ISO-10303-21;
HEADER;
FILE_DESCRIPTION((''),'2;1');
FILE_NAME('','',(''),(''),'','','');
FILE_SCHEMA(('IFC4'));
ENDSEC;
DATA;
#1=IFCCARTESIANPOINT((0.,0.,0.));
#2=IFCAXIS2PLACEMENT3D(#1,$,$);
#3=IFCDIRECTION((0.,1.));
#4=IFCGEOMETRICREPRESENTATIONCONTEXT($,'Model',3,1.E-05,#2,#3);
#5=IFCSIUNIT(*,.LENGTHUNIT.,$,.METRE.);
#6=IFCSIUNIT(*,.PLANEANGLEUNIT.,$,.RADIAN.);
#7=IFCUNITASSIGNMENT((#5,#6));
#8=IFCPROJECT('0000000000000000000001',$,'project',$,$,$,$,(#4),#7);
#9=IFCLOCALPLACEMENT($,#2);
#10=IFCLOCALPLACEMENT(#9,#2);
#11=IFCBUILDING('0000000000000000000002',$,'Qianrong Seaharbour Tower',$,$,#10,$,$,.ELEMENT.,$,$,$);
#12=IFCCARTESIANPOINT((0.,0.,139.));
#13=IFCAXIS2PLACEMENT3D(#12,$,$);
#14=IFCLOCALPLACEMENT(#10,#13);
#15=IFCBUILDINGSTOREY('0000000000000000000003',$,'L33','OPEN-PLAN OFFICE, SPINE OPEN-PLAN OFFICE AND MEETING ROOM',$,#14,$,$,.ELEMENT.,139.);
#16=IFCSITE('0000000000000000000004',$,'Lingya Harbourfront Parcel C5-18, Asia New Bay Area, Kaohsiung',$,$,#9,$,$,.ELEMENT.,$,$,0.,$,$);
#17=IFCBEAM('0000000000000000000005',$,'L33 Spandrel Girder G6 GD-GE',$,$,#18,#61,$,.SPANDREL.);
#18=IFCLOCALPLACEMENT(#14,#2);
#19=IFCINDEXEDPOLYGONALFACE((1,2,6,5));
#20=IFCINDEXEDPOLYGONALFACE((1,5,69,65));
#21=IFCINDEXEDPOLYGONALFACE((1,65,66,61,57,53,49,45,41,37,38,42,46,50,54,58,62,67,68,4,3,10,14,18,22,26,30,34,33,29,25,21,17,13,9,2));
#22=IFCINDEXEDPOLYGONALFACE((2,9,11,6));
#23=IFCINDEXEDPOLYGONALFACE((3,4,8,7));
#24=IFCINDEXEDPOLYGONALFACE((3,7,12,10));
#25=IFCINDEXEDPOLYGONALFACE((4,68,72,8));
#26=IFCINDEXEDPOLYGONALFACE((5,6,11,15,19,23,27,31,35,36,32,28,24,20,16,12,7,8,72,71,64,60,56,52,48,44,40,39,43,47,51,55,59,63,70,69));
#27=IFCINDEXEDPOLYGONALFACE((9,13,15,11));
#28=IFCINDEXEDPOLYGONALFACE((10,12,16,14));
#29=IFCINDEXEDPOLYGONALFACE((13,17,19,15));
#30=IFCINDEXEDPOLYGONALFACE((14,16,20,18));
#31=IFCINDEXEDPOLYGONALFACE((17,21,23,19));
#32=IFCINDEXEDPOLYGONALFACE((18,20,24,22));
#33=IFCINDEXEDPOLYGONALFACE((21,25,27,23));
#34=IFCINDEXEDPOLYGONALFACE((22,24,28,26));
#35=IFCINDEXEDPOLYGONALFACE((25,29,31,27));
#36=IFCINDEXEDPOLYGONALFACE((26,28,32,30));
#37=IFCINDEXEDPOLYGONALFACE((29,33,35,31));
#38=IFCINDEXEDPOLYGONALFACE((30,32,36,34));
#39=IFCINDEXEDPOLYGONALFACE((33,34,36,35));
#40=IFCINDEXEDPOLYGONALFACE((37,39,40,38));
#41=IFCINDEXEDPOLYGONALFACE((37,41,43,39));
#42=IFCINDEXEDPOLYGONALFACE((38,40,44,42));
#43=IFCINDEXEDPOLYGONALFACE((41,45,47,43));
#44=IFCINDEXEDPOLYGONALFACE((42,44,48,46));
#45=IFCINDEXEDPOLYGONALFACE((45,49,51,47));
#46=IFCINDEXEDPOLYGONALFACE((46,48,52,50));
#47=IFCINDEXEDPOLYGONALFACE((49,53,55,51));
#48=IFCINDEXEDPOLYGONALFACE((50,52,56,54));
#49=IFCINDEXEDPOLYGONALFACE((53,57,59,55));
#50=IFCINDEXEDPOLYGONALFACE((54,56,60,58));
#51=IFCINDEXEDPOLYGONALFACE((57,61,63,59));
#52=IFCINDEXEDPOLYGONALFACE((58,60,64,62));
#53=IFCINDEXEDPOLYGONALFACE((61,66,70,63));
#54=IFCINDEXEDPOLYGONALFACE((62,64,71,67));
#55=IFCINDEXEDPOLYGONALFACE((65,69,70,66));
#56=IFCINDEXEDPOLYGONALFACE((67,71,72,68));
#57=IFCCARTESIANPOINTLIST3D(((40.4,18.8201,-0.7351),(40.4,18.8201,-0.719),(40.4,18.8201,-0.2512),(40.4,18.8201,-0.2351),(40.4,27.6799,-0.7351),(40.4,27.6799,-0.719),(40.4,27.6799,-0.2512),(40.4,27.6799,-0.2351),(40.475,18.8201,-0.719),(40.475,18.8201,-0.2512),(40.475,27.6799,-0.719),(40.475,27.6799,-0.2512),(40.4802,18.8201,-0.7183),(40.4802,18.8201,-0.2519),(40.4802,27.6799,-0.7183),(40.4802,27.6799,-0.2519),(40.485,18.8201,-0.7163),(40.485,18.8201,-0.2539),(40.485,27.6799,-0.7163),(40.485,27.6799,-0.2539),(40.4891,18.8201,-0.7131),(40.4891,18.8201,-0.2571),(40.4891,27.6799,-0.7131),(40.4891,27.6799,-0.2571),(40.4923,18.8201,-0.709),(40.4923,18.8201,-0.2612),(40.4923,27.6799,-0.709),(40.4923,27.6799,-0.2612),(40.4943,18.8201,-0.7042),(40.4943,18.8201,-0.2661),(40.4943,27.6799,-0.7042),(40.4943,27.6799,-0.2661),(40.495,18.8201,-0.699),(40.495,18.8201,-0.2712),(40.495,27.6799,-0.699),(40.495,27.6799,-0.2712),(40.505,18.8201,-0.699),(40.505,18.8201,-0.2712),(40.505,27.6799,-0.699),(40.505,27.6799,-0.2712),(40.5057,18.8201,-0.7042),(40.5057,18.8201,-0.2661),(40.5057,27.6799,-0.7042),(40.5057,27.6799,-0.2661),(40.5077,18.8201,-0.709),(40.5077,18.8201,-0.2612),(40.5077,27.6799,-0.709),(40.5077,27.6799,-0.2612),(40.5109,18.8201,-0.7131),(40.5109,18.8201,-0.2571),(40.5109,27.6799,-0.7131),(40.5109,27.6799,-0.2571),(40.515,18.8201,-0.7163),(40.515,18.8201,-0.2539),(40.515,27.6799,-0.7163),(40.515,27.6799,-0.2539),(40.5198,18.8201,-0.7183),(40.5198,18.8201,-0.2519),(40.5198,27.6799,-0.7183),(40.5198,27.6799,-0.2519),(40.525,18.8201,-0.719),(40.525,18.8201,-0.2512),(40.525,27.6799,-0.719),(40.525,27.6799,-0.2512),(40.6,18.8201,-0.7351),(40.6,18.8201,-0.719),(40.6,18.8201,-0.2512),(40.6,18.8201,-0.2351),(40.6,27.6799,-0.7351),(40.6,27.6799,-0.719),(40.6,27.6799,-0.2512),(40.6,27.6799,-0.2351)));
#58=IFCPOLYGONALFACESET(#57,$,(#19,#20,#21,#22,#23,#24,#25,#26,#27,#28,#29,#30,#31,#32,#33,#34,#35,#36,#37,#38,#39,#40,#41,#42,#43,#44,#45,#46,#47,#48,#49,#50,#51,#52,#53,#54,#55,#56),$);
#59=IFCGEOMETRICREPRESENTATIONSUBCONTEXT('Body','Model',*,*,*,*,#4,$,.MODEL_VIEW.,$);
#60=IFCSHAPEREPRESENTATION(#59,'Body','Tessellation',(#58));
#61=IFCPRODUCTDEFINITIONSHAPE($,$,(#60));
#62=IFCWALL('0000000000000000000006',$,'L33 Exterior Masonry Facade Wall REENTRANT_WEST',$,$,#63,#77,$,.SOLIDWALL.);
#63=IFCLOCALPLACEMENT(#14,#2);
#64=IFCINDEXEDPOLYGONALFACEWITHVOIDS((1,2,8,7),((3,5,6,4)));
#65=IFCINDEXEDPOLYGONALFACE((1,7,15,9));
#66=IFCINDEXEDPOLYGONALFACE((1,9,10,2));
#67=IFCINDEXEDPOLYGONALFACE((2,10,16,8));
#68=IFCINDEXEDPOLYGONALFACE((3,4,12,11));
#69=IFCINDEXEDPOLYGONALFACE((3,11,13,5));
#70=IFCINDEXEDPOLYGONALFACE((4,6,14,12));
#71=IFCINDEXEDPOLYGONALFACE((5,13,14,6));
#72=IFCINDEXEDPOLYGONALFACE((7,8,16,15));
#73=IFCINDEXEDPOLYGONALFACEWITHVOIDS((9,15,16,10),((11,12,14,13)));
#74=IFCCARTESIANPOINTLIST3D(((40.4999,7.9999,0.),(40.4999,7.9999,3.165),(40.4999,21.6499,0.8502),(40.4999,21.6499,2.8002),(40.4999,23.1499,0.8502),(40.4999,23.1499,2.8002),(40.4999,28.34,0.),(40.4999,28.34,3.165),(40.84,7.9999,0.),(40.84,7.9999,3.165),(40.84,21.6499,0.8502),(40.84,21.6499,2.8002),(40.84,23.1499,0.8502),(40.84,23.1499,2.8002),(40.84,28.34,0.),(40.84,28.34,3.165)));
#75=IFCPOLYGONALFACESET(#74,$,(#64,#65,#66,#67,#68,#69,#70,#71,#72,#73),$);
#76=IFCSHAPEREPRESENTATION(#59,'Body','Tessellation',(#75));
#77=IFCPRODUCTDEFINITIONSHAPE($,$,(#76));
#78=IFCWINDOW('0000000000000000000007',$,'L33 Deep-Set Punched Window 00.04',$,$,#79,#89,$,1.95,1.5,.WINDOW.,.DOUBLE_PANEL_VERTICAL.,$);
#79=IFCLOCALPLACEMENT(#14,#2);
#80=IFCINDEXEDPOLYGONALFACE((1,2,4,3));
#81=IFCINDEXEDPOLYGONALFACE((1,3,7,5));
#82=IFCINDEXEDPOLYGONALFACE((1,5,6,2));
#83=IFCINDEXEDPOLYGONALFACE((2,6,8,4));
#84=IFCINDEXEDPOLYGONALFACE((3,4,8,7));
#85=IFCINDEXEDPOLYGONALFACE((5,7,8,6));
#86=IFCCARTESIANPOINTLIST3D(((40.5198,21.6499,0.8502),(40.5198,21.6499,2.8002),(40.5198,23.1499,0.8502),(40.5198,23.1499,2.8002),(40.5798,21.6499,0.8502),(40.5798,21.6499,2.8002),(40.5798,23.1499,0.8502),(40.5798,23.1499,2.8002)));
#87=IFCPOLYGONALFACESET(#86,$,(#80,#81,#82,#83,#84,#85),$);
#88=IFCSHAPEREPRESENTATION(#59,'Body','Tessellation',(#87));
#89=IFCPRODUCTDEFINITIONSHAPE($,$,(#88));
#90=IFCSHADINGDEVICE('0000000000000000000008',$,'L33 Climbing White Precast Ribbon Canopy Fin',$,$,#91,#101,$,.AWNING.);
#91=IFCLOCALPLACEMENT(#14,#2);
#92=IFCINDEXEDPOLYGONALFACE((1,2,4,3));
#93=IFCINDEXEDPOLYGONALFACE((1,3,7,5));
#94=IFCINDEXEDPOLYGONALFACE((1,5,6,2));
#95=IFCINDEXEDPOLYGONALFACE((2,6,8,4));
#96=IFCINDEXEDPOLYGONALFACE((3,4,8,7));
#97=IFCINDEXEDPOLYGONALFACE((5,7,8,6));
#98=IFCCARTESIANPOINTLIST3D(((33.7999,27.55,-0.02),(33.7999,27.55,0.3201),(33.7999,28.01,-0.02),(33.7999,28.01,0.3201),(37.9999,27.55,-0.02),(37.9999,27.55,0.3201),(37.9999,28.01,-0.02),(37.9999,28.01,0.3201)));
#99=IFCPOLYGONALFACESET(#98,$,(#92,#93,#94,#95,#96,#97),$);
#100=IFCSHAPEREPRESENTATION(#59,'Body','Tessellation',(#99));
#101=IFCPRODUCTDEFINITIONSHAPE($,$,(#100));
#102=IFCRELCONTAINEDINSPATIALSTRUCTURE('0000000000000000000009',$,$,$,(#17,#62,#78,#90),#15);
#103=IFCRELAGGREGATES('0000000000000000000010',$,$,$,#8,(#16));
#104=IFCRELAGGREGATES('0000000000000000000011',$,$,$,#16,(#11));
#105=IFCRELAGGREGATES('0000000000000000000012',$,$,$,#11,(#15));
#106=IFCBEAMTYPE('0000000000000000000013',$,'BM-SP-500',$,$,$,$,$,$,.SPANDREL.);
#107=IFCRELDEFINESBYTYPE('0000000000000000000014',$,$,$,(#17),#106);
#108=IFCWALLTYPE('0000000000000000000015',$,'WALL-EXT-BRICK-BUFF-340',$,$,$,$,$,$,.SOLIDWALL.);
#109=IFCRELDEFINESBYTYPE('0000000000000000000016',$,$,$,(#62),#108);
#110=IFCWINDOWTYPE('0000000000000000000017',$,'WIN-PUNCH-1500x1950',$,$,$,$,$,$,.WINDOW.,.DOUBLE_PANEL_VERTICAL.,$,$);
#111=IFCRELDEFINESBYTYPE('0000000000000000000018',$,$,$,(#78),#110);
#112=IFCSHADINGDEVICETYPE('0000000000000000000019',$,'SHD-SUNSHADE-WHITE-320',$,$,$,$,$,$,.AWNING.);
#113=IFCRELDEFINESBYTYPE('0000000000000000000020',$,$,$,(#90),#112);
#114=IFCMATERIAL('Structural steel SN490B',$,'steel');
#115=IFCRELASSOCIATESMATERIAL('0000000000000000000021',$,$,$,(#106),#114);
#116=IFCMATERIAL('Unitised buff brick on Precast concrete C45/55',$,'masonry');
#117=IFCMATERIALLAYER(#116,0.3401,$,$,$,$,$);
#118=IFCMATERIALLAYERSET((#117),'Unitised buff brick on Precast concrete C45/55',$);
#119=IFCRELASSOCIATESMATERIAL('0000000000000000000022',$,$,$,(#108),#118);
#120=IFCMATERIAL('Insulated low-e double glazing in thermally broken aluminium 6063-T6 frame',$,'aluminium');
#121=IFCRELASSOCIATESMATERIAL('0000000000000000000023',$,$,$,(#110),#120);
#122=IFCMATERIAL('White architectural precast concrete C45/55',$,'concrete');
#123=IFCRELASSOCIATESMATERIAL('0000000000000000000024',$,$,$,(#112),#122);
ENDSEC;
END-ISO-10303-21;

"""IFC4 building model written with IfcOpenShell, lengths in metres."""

from ifc_helpers import new_model, si_unit, direction, frame, frame_2d, origin, origin_2d, place, context, subcontext, project, spatial, rectangle, i_section, extrude, material, layer, layer_set, material_profile, profile_set, type_object, element, fill, save


model = new_model("IFC4")

# Units and contexts
model_context = context("Model", 3, precision=1e-05, world=origin(), true_north=direction((0.0, 1.0)))
body_context = subcontext(model_context, "Body", "Model", "MODEL_VIEW")
ifc_project = project(units=[si_unit("LENGTHUNIT", "METRE"), si_unit("PLANEANGLEUNIT", "RADIAN")], contexts=[model_context])

# Site, building, storey
site_placement = place(None, origin())
site = spatial("IfcSite", under=ifc_project, at=site_placement, Name="Lingya Harbourfront Parcel C5-18, Asia New Bay Area, Kaohsiung", CompositionType="ELEMENT", RefElevation=0.0)
building_placement = place(site_placement, origin())
building = spatial("IfcBuilding", under=site, at=building_placement, Name="Qianrong Seaharbour Tower", CompositionType="ELEMENT")
storey_placement = place(building_placement, frame((0.0, 0.0, 139.0)))
storey = spatial("IfcBuildingStorey", under=building, at=storey_placement, Name="L33", Description="OPEN-PLAN OFFICE, SPINE OPEN-PLAN OFFICE AND MEETING ROOM", CompositionType="ELEMENT", Elevation=139.0)

# Shared definitions
ifc_material_1 = material(Name="Structural steel SN490B", Category="steel")

# Beam
ifc_material_profile_1 = material_profile(ifc_material_1, i_section(OverallWidth=0.2, OverallDepth=0.5, WebThickness=0.01, FlangeThickness=0.0161, FilletRadius=0.02, at=origin_2d()), Name="H500x200x10x16")
ifc_profile_set_1 = profile_set([ifc_material_profile_1], Name="Structural steel SN490B")
beam_type_1 = type_object("IfcBeamType", Name="BM-SP-500", PredefinedType="SPANDREL", material=ifc_profile_set_1)
beam_1_placement = place(storey_placement, frame((40.5, 18.8201, -0.4851), z_axis=(0.0, 1.0, 0.0), x_axis=(-1.0, 0.0, 0.0)))
element("IfcBeam", 1, at=beam_1_placement, inside=storey, type_object=beam_type_1, Name="L33 Spandrel Girder G6 GD-GE", PredefinedType="SPANDREL", context=body_context, shape_type="SweptSolid", body=[
    extrude(i_section(OverallWidth=0.2, OverallDepth=0.5, WebThickness=0.01, FlangeThickness=0.0161, FilletRadius=0.02, at=origin_2d()), origin(), (0.0, 0.0, 1.0), 8.8599),
])

# Wall, opening, window
ifc_material_2 = material(Name="Unitised buff brick on Precast concrete C45/55", Category="masonry")
ifc_layer = layer(ifc_material_2, 0.3401)
ifc_layer_set = layer_set([ifc_layer], Name="Unitised buff brick on Precast concrete C45/55")
wall_type = type_object("IfcWallType", Name="WALL-EXT-BRICK-BUFF-340", PredefinedType="SOLIDWALL", material=ifc_layer_set)
wall_placement = place(storey_placement, frame((40.6699, 8.0, 0.0), z_axis=(0.0, 0.0, 1.0), x_axis=(0.0, 1.0, 0.0)))
wall = element("IfcWall", 2, at=wall_placement, inside=storey, type_object=wall_type, Name="L33 Exterior Masonry Facade Wall REENTRANT_WEST", PredefinedType="SOLIDWALL", context=body_context, shape_type="SweptSolid", body=[
    extrude(rectangle(XDim=20.3401, YDim=0.3401, at=frame_2d((10.1699, 0.0))), origin(), (0.0, 0.0, 1.0), 3.165),
])
opening_placement = place(wall_placement, frame((13.6499, 0.0, 0.8501)))
opening = element("IfcOpeningElement", 3, at=opening_placement, cuts=wall, PredefinedType="OPENING", context=body_context, shape_type="SweptSolid", body=[
    extrude(rectangle(XDim=1.5, YDim=1.95, at=frame_2d((0.75, 0.9751))), frame((0.0, 0.1802, 0.0), z_axis=(0.0, -1.0, 0.0), x_axis=(1.0, 0.0, 0.0)), (0.0, 0.0, 1.0), 0.3601),
])
ifc_material_3 = material(Name="Insulated low-e double glazing in thermally broken aluminium 6063-T6 frame", Category="aluminium")
window_type = type_object("IfcWindowType", Name="WIN-PUNCH-1500x1950", PartitioningType="DOUBLE_PANEL_VERTICAL", PredefinedType="WINDOW", material=ifc_material_3)
window_placement = place(opening_placement, origin())
window = element("IfcWindow", 4, at=window_placement, inside=storey, type_object=window_type, Name="L33 Deep-Set Punched Window 00.04", OverallHeight=1.95, OverallWidth=1.5, PartitioningType="DOUBLE_PANEL_VERTICAL", PredefinedType="WINDOW", context=body_context, shape_type="SweptSolid", body=[
    extrude(rectangle(XDim=1.5, YDim=1.95, at=frame_2d((0.75, 0.9751))), frame((0.0, 0.1501, 0.0), z_axis=(0.0, -1.0, 0.0), x_axis=(1.0, 0.0, 0.0)), (0.0, 0.0, 1.0), 0.0601),
])
fill(opening, window)

# Shading device
ifc_material_4 = material(Name="White architectural precast concrete C45/55", Category="concrete")
shading_device_type = type_object("IfcShadingDeviceType", Name="SHD-SUNSHADE-WHITE-320", PredefinedType="AWNING", material=ifc_material_4)
shading_device_placement = place(storey_placement, frame((35.8999, 27.78, -0.02), z_axis=(0.0, 0.0, 1.0), x_axis=(1.0, 0.0, 0.0)))
element("IfcShadingDevice", 5, at=shading_device_placement, inside=storey, type_object=shading_device_type, Name="L33 Climbing White Precast Ribbon Canopy Fin", PredefinedType="AWNING", context=body_context, shape_type="SweptSolid", body=[
    extrude(rectangle(XDim=4.2, YDim=0.46, at=origin_2d()), origin(), (0.0, 0.0, 1.0), 0.3401),
])

save(model, "model.ifc")
